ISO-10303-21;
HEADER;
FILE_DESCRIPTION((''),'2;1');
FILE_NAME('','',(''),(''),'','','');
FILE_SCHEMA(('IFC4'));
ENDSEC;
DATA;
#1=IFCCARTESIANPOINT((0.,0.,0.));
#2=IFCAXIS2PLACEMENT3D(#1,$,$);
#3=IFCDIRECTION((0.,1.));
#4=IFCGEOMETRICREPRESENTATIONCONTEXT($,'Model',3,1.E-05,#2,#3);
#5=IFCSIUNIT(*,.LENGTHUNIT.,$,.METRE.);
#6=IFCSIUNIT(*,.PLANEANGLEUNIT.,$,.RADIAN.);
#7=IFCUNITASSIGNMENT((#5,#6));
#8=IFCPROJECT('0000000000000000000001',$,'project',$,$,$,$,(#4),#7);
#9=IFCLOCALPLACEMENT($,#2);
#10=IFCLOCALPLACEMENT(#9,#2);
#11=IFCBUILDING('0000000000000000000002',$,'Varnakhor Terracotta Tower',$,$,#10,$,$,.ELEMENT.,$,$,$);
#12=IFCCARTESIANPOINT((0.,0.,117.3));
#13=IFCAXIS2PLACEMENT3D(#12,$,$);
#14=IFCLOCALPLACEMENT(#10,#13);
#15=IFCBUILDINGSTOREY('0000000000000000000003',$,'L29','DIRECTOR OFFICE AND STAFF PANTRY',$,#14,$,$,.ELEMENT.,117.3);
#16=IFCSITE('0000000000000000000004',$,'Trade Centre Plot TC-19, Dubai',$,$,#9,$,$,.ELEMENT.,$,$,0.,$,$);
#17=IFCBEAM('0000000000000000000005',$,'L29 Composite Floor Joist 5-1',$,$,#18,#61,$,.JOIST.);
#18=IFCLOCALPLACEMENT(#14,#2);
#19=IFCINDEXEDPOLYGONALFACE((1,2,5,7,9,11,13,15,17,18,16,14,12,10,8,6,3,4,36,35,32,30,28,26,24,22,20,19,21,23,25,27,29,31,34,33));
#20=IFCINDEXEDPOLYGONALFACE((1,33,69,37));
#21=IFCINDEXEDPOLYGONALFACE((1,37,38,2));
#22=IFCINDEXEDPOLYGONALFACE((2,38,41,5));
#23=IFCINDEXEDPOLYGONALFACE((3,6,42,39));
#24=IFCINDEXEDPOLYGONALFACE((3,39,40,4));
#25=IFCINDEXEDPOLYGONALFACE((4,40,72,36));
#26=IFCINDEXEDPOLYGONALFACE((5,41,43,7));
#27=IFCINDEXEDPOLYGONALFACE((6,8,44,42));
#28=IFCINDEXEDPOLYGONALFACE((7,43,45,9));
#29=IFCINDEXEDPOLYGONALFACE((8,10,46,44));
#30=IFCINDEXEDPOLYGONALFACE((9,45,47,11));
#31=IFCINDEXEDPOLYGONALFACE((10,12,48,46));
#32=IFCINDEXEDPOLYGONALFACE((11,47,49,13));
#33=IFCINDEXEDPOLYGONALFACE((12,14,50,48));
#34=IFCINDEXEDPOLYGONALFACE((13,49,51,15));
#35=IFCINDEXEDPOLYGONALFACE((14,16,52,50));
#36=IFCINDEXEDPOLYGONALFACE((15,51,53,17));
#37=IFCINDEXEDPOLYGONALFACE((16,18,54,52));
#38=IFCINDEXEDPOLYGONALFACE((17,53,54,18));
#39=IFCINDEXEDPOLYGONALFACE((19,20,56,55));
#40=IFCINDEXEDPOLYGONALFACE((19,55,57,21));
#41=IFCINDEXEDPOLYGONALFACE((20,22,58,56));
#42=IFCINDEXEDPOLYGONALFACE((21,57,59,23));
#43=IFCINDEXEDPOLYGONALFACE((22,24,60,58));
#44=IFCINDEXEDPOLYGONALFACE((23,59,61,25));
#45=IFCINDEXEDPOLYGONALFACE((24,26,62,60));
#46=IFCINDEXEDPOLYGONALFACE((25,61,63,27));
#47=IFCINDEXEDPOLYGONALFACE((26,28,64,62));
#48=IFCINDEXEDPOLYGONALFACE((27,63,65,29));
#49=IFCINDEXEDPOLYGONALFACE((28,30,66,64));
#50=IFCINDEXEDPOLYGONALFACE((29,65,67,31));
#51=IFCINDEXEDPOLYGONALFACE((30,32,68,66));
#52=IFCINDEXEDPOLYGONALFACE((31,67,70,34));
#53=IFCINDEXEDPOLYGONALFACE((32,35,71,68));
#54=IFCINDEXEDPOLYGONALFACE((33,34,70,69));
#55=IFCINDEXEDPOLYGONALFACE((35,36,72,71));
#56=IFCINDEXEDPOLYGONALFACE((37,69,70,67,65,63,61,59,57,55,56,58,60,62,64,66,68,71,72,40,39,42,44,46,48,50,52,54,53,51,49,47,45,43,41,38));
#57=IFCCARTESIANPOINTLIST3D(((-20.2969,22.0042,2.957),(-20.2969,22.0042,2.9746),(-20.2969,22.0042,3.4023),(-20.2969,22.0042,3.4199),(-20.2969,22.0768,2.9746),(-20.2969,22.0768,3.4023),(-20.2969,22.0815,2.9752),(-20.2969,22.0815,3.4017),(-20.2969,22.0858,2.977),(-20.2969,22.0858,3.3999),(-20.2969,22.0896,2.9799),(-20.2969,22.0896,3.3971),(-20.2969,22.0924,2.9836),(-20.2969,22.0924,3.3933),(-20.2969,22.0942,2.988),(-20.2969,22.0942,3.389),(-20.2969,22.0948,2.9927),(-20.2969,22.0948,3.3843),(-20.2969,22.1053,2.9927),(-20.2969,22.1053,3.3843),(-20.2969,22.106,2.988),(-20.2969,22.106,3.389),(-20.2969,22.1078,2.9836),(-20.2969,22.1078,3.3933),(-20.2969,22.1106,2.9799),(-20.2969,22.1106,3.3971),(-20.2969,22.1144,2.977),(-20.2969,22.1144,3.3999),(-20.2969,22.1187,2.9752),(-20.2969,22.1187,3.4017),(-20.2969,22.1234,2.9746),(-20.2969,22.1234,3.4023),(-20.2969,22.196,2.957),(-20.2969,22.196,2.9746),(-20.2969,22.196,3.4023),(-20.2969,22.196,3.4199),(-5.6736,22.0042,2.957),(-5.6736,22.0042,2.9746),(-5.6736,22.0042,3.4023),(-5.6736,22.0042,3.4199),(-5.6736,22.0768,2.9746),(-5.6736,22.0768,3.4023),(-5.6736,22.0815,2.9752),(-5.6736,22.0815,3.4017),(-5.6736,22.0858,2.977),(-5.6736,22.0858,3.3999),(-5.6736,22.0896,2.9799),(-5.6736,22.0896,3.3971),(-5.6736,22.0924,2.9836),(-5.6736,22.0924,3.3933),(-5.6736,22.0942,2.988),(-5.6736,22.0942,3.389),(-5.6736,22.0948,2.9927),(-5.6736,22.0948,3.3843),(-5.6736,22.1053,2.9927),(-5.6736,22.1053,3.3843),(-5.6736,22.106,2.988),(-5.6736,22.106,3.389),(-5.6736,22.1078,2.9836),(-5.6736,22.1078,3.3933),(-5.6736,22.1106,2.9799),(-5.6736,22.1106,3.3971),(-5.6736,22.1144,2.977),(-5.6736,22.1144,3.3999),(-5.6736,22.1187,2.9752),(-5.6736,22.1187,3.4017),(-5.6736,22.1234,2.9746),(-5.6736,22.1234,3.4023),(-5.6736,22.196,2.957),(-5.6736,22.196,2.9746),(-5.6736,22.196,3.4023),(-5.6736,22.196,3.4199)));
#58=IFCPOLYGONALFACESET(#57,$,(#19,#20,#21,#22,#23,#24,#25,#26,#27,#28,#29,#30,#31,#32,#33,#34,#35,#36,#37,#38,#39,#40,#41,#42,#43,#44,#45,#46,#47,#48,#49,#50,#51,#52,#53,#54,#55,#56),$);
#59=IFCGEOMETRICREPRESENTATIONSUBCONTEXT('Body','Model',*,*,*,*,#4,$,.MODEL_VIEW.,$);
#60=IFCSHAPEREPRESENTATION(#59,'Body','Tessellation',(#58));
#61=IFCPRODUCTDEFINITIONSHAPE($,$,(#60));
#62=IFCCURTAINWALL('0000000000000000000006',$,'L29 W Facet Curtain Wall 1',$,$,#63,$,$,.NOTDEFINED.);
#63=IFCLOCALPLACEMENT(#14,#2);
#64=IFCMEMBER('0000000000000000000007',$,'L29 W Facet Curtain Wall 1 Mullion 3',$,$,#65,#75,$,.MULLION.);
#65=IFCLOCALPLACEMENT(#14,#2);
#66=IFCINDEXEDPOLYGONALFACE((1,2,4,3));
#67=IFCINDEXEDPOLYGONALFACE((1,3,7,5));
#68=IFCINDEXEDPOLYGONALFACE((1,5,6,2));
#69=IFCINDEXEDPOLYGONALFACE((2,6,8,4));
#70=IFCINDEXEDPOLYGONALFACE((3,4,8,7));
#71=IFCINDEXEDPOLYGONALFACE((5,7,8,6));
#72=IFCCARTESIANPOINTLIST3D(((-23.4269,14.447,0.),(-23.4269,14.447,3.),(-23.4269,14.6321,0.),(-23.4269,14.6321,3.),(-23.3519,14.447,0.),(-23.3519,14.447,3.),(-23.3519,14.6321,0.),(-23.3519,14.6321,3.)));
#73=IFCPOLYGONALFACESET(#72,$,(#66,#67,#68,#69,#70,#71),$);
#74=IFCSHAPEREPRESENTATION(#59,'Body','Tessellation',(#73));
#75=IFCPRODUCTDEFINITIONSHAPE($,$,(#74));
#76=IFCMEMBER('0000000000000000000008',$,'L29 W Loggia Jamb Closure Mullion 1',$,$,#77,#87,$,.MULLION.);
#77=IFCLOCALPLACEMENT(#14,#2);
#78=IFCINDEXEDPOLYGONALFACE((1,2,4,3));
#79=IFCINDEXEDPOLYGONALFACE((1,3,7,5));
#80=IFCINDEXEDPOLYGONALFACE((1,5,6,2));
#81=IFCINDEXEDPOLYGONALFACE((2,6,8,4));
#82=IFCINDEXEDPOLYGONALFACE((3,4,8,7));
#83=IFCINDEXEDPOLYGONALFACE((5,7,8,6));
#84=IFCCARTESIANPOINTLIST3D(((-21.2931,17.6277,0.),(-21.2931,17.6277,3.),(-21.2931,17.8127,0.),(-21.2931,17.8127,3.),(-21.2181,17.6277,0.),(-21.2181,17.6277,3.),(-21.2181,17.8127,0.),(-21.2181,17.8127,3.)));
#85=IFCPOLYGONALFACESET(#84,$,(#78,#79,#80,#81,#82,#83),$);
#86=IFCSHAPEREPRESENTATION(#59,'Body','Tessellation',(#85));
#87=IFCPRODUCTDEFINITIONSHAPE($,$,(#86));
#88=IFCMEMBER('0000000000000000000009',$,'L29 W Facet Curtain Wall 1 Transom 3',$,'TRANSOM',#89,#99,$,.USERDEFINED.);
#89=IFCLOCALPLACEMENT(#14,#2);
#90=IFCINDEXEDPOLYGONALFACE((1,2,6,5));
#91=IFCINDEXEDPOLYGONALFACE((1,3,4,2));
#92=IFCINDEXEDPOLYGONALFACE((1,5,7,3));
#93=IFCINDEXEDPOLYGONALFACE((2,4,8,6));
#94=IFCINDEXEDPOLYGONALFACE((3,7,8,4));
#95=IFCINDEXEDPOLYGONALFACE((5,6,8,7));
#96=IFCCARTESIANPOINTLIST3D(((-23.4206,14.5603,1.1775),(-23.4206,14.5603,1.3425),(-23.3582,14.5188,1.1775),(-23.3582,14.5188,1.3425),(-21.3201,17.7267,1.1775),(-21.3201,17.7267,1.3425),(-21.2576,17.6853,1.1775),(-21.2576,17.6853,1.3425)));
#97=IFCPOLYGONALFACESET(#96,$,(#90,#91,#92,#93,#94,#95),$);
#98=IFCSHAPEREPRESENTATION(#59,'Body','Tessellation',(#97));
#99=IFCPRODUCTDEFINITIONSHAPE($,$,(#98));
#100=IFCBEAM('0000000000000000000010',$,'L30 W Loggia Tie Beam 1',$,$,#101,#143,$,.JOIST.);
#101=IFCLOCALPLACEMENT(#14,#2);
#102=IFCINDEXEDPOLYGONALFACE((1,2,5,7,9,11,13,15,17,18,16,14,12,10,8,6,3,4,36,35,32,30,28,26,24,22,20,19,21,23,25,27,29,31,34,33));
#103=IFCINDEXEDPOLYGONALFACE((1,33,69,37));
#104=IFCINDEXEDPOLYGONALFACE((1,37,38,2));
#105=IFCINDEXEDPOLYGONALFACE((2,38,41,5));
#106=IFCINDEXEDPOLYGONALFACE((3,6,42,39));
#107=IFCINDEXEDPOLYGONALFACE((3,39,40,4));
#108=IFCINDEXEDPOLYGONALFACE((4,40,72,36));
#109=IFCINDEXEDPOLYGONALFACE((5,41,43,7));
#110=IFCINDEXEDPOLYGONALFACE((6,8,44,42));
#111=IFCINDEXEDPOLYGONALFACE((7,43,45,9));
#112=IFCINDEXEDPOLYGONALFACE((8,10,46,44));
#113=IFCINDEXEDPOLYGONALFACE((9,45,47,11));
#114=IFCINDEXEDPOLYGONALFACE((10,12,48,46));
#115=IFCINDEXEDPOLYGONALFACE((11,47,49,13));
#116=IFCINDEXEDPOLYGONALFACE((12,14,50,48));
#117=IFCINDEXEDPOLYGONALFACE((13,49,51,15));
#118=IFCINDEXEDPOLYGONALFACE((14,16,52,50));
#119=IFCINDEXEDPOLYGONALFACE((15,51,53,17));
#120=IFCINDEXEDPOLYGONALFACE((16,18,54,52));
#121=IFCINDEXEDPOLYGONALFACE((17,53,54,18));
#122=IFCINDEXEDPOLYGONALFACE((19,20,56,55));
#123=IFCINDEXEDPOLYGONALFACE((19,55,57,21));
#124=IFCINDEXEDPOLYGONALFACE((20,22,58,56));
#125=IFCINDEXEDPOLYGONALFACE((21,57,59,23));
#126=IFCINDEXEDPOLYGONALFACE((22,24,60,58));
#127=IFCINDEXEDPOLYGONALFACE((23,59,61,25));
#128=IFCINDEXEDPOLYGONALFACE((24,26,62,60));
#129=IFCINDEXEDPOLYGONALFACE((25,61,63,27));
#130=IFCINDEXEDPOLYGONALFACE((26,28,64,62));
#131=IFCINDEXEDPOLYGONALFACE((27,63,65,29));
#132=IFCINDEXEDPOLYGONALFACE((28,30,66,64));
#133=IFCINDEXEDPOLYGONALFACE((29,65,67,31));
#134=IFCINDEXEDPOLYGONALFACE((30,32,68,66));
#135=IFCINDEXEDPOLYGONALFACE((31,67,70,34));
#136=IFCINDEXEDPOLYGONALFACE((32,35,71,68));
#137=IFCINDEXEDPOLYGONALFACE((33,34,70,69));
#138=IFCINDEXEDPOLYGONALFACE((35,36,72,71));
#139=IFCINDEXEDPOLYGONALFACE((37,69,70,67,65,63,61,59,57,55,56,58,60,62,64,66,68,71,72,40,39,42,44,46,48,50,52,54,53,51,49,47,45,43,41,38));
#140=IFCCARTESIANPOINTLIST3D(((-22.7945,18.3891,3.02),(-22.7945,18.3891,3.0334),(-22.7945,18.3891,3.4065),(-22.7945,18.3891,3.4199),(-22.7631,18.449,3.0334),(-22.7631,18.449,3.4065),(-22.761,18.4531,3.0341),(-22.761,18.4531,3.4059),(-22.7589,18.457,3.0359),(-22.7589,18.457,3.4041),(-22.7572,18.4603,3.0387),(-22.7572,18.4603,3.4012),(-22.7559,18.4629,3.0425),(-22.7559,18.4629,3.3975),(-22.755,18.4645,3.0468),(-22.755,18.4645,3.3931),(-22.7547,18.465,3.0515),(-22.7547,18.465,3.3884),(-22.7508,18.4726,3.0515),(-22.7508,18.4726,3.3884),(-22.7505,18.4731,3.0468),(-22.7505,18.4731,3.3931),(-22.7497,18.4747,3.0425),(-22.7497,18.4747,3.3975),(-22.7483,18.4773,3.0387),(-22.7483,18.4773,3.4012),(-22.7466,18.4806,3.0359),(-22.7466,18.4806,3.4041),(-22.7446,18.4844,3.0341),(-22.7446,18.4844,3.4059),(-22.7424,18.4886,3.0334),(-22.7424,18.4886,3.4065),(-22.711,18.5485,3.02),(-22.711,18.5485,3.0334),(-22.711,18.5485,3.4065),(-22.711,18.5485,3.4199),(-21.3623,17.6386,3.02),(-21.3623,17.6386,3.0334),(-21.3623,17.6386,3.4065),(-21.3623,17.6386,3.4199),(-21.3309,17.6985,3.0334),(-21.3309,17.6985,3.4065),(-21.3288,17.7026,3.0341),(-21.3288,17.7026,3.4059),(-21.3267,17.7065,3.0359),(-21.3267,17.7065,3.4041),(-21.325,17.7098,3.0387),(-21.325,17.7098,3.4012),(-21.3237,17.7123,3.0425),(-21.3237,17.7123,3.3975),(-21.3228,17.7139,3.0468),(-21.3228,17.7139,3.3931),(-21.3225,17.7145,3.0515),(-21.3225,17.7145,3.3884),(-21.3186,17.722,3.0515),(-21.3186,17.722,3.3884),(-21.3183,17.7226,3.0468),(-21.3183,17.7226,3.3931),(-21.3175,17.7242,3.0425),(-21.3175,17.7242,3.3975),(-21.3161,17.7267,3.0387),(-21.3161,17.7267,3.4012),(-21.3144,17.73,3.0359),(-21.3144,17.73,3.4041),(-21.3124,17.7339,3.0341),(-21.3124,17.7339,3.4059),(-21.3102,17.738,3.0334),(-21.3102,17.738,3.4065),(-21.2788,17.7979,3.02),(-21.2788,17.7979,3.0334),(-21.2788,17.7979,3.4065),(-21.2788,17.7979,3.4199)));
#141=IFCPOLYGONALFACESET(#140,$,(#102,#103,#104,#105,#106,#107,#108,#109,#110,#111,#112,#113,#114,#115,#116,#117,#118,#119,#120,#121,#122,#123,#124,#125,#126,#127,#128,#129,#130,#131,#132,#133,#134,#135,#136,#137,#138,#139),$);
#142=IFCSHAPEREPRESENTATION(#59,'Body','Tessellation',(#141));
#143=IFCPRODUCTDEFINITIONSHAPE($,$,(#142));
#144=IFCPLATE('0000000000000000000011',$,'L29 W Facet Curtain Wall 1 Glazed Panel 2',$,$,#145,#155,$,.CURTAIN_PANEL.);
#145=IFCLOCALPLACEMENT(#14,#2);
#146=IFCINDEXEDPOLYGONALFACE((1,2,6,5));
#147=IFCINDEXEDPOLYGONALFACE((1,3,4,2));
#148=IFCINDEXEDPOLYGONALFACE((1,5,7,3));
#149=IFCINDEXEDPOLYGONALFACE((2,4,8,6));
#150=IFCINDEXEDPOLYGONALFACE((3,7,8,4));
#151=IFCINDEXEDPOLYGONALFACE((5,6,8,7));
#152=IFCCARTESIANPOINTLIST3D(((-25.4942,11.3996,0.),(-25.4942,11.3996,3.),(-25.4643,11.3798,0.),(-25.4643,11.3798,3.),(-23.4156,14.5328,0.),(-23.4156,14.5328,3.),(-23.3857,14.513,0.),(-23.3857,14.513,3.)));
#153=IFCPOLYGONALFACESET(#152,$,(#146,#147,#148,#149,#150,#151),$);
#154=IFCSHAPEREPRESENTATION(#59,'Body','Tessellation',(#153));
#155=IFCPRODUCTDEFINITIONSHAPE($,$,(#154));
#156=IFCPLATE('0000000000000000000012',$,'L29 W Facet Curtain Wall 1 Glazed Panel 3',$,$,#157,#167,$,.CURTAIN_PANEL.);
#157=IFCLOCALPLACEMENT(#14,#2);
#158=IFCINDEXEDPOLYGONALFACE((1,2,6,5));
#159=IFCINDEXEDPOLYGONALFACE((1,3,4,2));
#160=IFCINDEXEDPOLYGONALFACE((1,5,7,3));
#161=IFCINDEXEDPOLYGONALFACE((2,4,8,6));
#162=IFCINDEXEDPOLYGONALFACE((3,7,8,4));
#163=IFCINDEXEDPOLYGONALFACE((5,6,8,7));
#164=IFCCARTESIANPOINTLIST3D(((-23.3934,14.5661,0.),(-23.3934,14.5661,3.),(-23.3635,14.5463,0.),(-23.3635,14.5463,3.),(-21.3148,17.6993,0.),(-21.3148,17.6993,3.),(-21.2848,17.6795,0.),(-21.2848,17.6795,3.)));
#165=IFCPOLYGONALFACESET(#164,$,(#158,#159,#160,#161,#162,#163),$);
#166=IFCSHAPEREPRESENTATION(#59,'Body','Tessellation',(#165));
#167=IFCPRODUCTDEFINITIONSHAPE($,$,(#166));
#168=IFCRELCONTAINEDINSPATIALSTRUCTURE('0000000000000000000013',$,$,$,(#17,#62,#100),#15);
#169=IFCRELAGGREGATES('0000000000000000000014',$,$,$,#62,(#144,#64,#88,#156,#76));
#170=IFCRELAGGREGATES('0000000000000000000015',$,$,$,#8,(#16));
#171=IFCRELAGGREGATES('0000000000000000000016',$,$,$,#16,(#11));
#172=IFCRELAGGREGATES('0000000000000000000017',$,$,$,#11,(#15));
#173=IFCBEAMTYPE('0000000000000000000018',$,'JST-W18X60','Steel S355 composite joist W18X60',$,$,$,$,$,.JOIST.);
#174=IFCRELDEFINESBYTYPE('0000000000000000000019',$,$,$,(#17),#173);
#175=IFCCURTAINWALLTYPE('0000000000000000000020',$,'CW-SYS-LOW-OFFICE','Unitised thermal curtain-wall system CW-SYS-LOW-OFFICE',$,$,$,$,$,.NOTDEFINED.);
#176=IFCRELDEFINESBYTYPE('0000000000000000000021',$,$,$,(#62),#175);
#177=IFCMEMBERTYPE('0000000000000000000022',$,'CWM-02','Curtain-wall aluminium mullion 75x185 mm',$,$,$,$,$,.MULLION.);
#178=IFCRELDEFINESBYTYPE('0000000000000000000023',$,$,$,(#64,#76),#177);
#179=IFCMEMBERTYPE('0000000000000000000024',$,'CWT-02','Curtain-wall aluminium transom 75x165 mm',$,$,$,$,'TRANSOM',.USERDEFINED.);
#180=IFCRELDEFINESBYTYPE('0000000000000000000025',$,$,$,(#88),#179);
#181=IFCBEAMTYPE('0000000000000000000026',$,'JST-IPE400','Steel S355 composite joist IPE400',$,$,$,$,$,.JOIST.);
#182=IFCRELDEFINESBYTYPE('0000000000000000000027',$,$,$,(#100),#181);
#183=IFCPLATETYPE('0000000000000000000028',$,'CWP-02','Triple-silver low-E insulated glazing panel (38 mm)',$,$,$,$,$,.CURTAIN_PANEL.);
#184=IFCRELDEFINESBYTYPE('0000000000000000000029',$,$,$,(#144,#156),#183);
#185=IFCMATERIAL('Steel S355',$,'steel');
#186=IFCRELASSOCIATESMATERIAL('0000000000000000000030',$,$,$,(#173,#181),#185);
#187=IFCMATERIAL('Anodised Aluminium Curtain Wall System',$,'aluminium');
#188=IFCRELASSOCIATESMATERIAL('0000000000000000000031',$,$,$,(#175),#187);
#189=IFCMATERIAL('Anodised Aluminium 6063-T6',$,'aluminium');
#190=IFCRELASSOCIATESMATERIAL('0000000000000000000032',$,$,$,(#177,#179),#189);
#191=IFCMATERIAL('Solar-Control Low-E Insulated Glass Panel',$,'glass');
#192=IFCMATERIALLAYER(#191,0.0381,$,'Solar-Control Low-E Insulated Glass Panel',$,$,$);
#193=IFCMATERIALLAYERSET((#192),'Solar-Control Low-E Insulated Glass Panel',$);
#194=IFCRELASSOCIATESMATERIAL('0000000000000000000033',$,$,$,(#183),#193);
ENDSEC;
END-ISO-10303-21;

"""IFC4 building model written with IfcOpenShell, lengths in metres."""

from ifc_helpers import new_model, si_unit, direction, frame, origin, origin_2d, place, context, subcontext, project, spatial, rectangle, i_section, extrude, source, transform, mapped, material, layer, layer_set, material_profile, profile_set, type_object, element, aggregate, save


model = new_model("IFC4")

# Units and contexts
model_context = context("Model", 3, precision=1e-05, world=origin(), true_north=direction((0.0, 1.0)))
body_context = subcontext(model_context, "Body", "Model", "MODEL_VIEW")
ifc_project = project(units=[si_unit("LENGTHUNIT", "METRE"), si_unit("PLANEANGLEUNIT", "RADIAN")], contexts=[model_context])

# Site, building, storey
site_placement = place(None, origin())
site = spatial("IfcSite", under=ifc_project, at=site_placement, Name="Trade Centre Plot TC-19, Dubai", CompositionType="ELEMENT", RefElevation=0.0)
building_placement = place(site_placement, origin())
building = spatial("IfcBuilding", under=site, at=building_placement, Name="Varnakhor Terracotta Tower", CompositionType="ELEMENT")
storey_placement = place(building_placement, frame((0.0, 0.0, 117.3)))
storey = spatial("IfcBuildingStorey", under=building, at=storey_placement, Name="L29", Description="DIRECTOR OFFICE AND STAFF PANTRY", CompositionType="ELEMENT", Elevation=117.3)

# Beam
ifc_material_1 = material(Name="Steel S355", Category="steel")
ifc_material_profile_1 = material_profile(ifc_material_1, i_section(OverallWidth=0.1919, OverallDepth=0.4629, WebThickness=0.0105, FlangeThickness=0.0176, FilletRadius=0.0181, at=origin_2d()), Name="W18X60")
ifc_profile_set_1 = profile_set([ifc_material_profile_1], Name="Steel S355")
beam_type_1 = type_object("IfcBeamType", Name="JST-W18X60", Description="Steel S355 composite joist W18X60", PredefinedType="JOIST", material=ifc_profile_set_1)
shared_shape_1 = source(origin(), body_context, "Body", "SweptSolid", [
    extrude(i_section(OverallWidth=0.1919, OverallDepth=0.4629, WebThickness=0.0105, FlangeThickness=0.0176, FilletRadius=0.0181, at=origin_2d()), origin(), (0.0, 0.0, 1.0), 14.6233),
])
beam_1_placement = place(storey_placement, frame((-20.2969, 22.1001, 3.1885), z_axis=(1.0, 0.0, 0.0), x_axis=(0.0, 1.0, 0.0)))
element("IfcBeam", 1, at=beam_1_placement, inside=storey, type_object=beam_type_1, Name="L29 Composite Floor Joist 5-1", PredefinedType="JOIST", context=body_context, shape_type="MappedRepresentation", body=[
    mapped(shared_shape_1, transform((0.0, 0.0, 0.0), scale=1.0)),
])

# Curtain wall, members
ifc_material_2 = material(Name="Anodised Aluminium Curtain Wall System", Category="aluminium")
curtain_wall_type = type_object("IfcCurtainWallType", Name="CW-SYS-LOW-OFFICE", Description="Unitised thermal curtain-wall system CW-SYS-LOW-OFFICE", PredefinedType="NOTDEFINED", material=ifc_material_2)
curtain_wall_placement = place(storey_placement, origin())
curtain_wall = element("IfcCurtainWall", 2, at=curtain_wall_placement, inside=storey, type_object=curtain_wall_type, Name="L29 W Facet Curtain Wall 1", PredefinedType="NOTDEFINED")
ifc_material_3 = material(Name="Anodised Aluminium 6063-T6", Category="aluminium")
ifc_material_profile_2 = material_profile(ifc_material_3, rectangle(XDim=0.075, YDim=0.1851, at=origin_2d()), Name="ALU MULLION 75x185")
ifc_profile_set_2 = profile_set([ifc_material_profile_2], Name="Anodised Aluminium 6063-T6")
member_type_1 = type_object("IfcMemberType", Name="CWM-02", Description="Curtain-wall aluminium mullion 75x185 mm", PredefinedType="MULLION", material=ifc_profile_set_2)
shared_shape_2 = source(origin(), body_context, "Body", "SweptSolid", [
    extrude(rectangle(XDim=0.075, YDim=0.1851, at=origin_2d()), origin(), (0.0, 0.0, 1.0), 3.0),
])
member_1_placement = place(storey_placement, frame((-23.3894, 14.5396, 0.0), z_axis=(0.0, 0.0, 1.0), x_axis=(1.0, 0.0, 0.0)))
member_1 = element("IfcMember", 3, at=member_1_placement, type_object=member_type_1, Name="L29 W Facet Curtain Wall 1 Mullion 3", PredefinedType="MULLION", context=body_context, shape_type="MappedRepresentation", body=[
    mapped(shared_shape_2, transform((0.0, 0.0, 0.0), scale=1.0)),
])
member_2_placement = place(storey_placement, frame((-21.2556, 17.7202, 0.0), z_axis=(0.0, 0.0, 1.0), x_axis=(1.0, 0.0, 0.0)))
member_2 = element("IfcMember", 4, at=member_2_placement, type_object=member_type_1, Name="L29 W Loggia Jamb Closure Mullion 1", PredefinedType="MULLION", context=body_context, shape_type="MappedRepresentation", body=[
    mapped(shared_shape_2, transform((0.0, 0.0, 0.0), scale=1.0)),
])
ifc_material_profile_3 = material_profile(ifc_material_3, rectangle(XDim=0.075, YDim=0.165, at=origin_2d()), Name="ALU TRANSOM 75x165")
ifc_profile_set_3 = profile_set([ifc_material_profile_3], Name="Anodised Aluminium 6063-T6")
member_type_2 = type_object("IfcMemberType", Name="CWT-02", Description="Curtain-wall aluminium transom 75x165 mm", ElementType="TRANSOM", PredefinedType="USERDEFINED", material=ifc_profile_set_3)
shared_shape_3 = source(origin(), body_context, "Body", "SweptSolid", [
    extrude(rectangle(XDim=0.075, YDim=0.165, at=origin_2d()), origin(), (0.0, 0.0, 1.0), 3.7998),
])
member_3_placement = place(storey_placement, frame((-23.3894, 14.5396, 1.26), z_axis=(0.552801, 0.833313, 0.0), x_axis=(-0.833313, 0.552801, 0.0)))
member_3 = element("IfcMember", 5, at=member_3_placement, type_object=member_type_2, Name="L29 W Facet Curtain Wall 1 Transom 3", ObjectType="TRANSOM", PredefinedType="USERDEFINED", context=body_context, shape_type="MappedRepresentation", body=[
    mapped(shared_shape_3, transform((0.0, 0.0, 0.0), scale=1.0)),
])

# Beam
ifc_material_profile_4 = material_profile(ifc_material_1, i_section(OverallWidth=0.1799, OverallDepth=0.3999, WebThickness=0.0085, FlangeThickness=0.0134, FilletRadius=0.0181, at=origin_2d()), Name="IPE400")
ifc_profile_set_4 = profile_set([ifc_material_profile_4], Name="Steel S355")
beam_type_2 = type_object("IfcBeamType", Name="JST-IPE400", Description="Steel S355 composite joist IPE400", PredefinedType="JOIST", material=ifc_profile_set_4)
shared_shape_4 = source(origin(), body_context, "Body", "SweptSolid", [
    extrude(i_section(OverallWidth=0.1799, OverallDepth=0.3999, WebThickness=0.0085, FlangeThickness=0.0134, FilletRadius=0.0181, at=origin_2d()), origin(), (0.0, 0.0, 1.0), 1.6169),
])
beam_2_placement = place(storey_placement, frame((-21.3206, 17.7183, 3.22), z_axis=(-0.885749, 0.464165, 0.0), x_axis=(-0.464165, -0.885749, 0.0)))
element("IfcBeam", 6, at=beam_2_placement, inside=storey, type_object=beam_type_2, Name="L30 W Loggia Tie Beam 1", PredefinedType="JOIST", context=body_context, shape_type="MappedRepresentation", body=[
    mapped(shared_shape_4, transform((0.0, 0.0, 0.0), scale=1.0)),
])

# Plates
ifc_material_4 = material(Name="Solar-Control Low-E Insulated Glass Panel", Category="glass")
ifc_layer_1 = layer(ifc_material_4, 0.0381, Name="Solar-Control Low-E Insulated Glass Panel")
ifc_layer_set_1 = layer_set([ifc_layer_1], Name="Solar-Control Low-E Insulated Glass Panel")
plate_type = type_object("IfcPlateType", Name="CWP-02", Description="Triple-silver low-E insulated glazing panel (38 mm)", PredefinedType="CURTAIN_PANEL", material=ifc_layer_set_1)
shared_shape_5 = source(origin(), body_context, "Body", "SweptSolid", [
    extrude(rectangle(XDim=3.76, YDim=0.0359, at=origin_2d()), origin(), (0.0, 0.0, 1.0), 3.0),
])
plate_1_placement = place(storey_placement, frame((-24.4399, 12.9563, 0.0), z_axis=(0.0, 0.0, 1.0), x_axis=(0.552824, 0.833298, 0.0)))
plate_1 = element("IfcPlate", 7, at=plate_1_placement, type_object=plate_type, Name="L29 W Facet Curtain Wall 1 Glazed Panel 2", PredefinedType="CURTAIN_PANEL", context=body_context, shape_type="MappedRepresentation", body=[
    mapped(shared_shape_5, transform((0.0, 0.0, 0.0), scale=1.0)),
])
plate_2_placement = place(storey_placement, frame((-22.3391, 16.1228, 0.0), z_axis=(0.0, 0.0, 1.0), x_axis=(0.552824, 0.833298, 0.0)))
plate_2 = element("IfcPlate", 8, at=plate_2_placement, type_object=plate_type, Name="L29 W Facet Curtain Wall 1 Glazed Panel 3", PredefinedType="CURTAIN_PANEL", context=body_context, shape_type="MappedRepresentation", body=[
    mapped(shared_shape_5, transform((0.0, 0.0, 0.0), scale=1.0)),
])
aggregate(curtain_wall, [plate_1, member_1, member_3, plate_2, member_2])

save(model, "model.ifc")
